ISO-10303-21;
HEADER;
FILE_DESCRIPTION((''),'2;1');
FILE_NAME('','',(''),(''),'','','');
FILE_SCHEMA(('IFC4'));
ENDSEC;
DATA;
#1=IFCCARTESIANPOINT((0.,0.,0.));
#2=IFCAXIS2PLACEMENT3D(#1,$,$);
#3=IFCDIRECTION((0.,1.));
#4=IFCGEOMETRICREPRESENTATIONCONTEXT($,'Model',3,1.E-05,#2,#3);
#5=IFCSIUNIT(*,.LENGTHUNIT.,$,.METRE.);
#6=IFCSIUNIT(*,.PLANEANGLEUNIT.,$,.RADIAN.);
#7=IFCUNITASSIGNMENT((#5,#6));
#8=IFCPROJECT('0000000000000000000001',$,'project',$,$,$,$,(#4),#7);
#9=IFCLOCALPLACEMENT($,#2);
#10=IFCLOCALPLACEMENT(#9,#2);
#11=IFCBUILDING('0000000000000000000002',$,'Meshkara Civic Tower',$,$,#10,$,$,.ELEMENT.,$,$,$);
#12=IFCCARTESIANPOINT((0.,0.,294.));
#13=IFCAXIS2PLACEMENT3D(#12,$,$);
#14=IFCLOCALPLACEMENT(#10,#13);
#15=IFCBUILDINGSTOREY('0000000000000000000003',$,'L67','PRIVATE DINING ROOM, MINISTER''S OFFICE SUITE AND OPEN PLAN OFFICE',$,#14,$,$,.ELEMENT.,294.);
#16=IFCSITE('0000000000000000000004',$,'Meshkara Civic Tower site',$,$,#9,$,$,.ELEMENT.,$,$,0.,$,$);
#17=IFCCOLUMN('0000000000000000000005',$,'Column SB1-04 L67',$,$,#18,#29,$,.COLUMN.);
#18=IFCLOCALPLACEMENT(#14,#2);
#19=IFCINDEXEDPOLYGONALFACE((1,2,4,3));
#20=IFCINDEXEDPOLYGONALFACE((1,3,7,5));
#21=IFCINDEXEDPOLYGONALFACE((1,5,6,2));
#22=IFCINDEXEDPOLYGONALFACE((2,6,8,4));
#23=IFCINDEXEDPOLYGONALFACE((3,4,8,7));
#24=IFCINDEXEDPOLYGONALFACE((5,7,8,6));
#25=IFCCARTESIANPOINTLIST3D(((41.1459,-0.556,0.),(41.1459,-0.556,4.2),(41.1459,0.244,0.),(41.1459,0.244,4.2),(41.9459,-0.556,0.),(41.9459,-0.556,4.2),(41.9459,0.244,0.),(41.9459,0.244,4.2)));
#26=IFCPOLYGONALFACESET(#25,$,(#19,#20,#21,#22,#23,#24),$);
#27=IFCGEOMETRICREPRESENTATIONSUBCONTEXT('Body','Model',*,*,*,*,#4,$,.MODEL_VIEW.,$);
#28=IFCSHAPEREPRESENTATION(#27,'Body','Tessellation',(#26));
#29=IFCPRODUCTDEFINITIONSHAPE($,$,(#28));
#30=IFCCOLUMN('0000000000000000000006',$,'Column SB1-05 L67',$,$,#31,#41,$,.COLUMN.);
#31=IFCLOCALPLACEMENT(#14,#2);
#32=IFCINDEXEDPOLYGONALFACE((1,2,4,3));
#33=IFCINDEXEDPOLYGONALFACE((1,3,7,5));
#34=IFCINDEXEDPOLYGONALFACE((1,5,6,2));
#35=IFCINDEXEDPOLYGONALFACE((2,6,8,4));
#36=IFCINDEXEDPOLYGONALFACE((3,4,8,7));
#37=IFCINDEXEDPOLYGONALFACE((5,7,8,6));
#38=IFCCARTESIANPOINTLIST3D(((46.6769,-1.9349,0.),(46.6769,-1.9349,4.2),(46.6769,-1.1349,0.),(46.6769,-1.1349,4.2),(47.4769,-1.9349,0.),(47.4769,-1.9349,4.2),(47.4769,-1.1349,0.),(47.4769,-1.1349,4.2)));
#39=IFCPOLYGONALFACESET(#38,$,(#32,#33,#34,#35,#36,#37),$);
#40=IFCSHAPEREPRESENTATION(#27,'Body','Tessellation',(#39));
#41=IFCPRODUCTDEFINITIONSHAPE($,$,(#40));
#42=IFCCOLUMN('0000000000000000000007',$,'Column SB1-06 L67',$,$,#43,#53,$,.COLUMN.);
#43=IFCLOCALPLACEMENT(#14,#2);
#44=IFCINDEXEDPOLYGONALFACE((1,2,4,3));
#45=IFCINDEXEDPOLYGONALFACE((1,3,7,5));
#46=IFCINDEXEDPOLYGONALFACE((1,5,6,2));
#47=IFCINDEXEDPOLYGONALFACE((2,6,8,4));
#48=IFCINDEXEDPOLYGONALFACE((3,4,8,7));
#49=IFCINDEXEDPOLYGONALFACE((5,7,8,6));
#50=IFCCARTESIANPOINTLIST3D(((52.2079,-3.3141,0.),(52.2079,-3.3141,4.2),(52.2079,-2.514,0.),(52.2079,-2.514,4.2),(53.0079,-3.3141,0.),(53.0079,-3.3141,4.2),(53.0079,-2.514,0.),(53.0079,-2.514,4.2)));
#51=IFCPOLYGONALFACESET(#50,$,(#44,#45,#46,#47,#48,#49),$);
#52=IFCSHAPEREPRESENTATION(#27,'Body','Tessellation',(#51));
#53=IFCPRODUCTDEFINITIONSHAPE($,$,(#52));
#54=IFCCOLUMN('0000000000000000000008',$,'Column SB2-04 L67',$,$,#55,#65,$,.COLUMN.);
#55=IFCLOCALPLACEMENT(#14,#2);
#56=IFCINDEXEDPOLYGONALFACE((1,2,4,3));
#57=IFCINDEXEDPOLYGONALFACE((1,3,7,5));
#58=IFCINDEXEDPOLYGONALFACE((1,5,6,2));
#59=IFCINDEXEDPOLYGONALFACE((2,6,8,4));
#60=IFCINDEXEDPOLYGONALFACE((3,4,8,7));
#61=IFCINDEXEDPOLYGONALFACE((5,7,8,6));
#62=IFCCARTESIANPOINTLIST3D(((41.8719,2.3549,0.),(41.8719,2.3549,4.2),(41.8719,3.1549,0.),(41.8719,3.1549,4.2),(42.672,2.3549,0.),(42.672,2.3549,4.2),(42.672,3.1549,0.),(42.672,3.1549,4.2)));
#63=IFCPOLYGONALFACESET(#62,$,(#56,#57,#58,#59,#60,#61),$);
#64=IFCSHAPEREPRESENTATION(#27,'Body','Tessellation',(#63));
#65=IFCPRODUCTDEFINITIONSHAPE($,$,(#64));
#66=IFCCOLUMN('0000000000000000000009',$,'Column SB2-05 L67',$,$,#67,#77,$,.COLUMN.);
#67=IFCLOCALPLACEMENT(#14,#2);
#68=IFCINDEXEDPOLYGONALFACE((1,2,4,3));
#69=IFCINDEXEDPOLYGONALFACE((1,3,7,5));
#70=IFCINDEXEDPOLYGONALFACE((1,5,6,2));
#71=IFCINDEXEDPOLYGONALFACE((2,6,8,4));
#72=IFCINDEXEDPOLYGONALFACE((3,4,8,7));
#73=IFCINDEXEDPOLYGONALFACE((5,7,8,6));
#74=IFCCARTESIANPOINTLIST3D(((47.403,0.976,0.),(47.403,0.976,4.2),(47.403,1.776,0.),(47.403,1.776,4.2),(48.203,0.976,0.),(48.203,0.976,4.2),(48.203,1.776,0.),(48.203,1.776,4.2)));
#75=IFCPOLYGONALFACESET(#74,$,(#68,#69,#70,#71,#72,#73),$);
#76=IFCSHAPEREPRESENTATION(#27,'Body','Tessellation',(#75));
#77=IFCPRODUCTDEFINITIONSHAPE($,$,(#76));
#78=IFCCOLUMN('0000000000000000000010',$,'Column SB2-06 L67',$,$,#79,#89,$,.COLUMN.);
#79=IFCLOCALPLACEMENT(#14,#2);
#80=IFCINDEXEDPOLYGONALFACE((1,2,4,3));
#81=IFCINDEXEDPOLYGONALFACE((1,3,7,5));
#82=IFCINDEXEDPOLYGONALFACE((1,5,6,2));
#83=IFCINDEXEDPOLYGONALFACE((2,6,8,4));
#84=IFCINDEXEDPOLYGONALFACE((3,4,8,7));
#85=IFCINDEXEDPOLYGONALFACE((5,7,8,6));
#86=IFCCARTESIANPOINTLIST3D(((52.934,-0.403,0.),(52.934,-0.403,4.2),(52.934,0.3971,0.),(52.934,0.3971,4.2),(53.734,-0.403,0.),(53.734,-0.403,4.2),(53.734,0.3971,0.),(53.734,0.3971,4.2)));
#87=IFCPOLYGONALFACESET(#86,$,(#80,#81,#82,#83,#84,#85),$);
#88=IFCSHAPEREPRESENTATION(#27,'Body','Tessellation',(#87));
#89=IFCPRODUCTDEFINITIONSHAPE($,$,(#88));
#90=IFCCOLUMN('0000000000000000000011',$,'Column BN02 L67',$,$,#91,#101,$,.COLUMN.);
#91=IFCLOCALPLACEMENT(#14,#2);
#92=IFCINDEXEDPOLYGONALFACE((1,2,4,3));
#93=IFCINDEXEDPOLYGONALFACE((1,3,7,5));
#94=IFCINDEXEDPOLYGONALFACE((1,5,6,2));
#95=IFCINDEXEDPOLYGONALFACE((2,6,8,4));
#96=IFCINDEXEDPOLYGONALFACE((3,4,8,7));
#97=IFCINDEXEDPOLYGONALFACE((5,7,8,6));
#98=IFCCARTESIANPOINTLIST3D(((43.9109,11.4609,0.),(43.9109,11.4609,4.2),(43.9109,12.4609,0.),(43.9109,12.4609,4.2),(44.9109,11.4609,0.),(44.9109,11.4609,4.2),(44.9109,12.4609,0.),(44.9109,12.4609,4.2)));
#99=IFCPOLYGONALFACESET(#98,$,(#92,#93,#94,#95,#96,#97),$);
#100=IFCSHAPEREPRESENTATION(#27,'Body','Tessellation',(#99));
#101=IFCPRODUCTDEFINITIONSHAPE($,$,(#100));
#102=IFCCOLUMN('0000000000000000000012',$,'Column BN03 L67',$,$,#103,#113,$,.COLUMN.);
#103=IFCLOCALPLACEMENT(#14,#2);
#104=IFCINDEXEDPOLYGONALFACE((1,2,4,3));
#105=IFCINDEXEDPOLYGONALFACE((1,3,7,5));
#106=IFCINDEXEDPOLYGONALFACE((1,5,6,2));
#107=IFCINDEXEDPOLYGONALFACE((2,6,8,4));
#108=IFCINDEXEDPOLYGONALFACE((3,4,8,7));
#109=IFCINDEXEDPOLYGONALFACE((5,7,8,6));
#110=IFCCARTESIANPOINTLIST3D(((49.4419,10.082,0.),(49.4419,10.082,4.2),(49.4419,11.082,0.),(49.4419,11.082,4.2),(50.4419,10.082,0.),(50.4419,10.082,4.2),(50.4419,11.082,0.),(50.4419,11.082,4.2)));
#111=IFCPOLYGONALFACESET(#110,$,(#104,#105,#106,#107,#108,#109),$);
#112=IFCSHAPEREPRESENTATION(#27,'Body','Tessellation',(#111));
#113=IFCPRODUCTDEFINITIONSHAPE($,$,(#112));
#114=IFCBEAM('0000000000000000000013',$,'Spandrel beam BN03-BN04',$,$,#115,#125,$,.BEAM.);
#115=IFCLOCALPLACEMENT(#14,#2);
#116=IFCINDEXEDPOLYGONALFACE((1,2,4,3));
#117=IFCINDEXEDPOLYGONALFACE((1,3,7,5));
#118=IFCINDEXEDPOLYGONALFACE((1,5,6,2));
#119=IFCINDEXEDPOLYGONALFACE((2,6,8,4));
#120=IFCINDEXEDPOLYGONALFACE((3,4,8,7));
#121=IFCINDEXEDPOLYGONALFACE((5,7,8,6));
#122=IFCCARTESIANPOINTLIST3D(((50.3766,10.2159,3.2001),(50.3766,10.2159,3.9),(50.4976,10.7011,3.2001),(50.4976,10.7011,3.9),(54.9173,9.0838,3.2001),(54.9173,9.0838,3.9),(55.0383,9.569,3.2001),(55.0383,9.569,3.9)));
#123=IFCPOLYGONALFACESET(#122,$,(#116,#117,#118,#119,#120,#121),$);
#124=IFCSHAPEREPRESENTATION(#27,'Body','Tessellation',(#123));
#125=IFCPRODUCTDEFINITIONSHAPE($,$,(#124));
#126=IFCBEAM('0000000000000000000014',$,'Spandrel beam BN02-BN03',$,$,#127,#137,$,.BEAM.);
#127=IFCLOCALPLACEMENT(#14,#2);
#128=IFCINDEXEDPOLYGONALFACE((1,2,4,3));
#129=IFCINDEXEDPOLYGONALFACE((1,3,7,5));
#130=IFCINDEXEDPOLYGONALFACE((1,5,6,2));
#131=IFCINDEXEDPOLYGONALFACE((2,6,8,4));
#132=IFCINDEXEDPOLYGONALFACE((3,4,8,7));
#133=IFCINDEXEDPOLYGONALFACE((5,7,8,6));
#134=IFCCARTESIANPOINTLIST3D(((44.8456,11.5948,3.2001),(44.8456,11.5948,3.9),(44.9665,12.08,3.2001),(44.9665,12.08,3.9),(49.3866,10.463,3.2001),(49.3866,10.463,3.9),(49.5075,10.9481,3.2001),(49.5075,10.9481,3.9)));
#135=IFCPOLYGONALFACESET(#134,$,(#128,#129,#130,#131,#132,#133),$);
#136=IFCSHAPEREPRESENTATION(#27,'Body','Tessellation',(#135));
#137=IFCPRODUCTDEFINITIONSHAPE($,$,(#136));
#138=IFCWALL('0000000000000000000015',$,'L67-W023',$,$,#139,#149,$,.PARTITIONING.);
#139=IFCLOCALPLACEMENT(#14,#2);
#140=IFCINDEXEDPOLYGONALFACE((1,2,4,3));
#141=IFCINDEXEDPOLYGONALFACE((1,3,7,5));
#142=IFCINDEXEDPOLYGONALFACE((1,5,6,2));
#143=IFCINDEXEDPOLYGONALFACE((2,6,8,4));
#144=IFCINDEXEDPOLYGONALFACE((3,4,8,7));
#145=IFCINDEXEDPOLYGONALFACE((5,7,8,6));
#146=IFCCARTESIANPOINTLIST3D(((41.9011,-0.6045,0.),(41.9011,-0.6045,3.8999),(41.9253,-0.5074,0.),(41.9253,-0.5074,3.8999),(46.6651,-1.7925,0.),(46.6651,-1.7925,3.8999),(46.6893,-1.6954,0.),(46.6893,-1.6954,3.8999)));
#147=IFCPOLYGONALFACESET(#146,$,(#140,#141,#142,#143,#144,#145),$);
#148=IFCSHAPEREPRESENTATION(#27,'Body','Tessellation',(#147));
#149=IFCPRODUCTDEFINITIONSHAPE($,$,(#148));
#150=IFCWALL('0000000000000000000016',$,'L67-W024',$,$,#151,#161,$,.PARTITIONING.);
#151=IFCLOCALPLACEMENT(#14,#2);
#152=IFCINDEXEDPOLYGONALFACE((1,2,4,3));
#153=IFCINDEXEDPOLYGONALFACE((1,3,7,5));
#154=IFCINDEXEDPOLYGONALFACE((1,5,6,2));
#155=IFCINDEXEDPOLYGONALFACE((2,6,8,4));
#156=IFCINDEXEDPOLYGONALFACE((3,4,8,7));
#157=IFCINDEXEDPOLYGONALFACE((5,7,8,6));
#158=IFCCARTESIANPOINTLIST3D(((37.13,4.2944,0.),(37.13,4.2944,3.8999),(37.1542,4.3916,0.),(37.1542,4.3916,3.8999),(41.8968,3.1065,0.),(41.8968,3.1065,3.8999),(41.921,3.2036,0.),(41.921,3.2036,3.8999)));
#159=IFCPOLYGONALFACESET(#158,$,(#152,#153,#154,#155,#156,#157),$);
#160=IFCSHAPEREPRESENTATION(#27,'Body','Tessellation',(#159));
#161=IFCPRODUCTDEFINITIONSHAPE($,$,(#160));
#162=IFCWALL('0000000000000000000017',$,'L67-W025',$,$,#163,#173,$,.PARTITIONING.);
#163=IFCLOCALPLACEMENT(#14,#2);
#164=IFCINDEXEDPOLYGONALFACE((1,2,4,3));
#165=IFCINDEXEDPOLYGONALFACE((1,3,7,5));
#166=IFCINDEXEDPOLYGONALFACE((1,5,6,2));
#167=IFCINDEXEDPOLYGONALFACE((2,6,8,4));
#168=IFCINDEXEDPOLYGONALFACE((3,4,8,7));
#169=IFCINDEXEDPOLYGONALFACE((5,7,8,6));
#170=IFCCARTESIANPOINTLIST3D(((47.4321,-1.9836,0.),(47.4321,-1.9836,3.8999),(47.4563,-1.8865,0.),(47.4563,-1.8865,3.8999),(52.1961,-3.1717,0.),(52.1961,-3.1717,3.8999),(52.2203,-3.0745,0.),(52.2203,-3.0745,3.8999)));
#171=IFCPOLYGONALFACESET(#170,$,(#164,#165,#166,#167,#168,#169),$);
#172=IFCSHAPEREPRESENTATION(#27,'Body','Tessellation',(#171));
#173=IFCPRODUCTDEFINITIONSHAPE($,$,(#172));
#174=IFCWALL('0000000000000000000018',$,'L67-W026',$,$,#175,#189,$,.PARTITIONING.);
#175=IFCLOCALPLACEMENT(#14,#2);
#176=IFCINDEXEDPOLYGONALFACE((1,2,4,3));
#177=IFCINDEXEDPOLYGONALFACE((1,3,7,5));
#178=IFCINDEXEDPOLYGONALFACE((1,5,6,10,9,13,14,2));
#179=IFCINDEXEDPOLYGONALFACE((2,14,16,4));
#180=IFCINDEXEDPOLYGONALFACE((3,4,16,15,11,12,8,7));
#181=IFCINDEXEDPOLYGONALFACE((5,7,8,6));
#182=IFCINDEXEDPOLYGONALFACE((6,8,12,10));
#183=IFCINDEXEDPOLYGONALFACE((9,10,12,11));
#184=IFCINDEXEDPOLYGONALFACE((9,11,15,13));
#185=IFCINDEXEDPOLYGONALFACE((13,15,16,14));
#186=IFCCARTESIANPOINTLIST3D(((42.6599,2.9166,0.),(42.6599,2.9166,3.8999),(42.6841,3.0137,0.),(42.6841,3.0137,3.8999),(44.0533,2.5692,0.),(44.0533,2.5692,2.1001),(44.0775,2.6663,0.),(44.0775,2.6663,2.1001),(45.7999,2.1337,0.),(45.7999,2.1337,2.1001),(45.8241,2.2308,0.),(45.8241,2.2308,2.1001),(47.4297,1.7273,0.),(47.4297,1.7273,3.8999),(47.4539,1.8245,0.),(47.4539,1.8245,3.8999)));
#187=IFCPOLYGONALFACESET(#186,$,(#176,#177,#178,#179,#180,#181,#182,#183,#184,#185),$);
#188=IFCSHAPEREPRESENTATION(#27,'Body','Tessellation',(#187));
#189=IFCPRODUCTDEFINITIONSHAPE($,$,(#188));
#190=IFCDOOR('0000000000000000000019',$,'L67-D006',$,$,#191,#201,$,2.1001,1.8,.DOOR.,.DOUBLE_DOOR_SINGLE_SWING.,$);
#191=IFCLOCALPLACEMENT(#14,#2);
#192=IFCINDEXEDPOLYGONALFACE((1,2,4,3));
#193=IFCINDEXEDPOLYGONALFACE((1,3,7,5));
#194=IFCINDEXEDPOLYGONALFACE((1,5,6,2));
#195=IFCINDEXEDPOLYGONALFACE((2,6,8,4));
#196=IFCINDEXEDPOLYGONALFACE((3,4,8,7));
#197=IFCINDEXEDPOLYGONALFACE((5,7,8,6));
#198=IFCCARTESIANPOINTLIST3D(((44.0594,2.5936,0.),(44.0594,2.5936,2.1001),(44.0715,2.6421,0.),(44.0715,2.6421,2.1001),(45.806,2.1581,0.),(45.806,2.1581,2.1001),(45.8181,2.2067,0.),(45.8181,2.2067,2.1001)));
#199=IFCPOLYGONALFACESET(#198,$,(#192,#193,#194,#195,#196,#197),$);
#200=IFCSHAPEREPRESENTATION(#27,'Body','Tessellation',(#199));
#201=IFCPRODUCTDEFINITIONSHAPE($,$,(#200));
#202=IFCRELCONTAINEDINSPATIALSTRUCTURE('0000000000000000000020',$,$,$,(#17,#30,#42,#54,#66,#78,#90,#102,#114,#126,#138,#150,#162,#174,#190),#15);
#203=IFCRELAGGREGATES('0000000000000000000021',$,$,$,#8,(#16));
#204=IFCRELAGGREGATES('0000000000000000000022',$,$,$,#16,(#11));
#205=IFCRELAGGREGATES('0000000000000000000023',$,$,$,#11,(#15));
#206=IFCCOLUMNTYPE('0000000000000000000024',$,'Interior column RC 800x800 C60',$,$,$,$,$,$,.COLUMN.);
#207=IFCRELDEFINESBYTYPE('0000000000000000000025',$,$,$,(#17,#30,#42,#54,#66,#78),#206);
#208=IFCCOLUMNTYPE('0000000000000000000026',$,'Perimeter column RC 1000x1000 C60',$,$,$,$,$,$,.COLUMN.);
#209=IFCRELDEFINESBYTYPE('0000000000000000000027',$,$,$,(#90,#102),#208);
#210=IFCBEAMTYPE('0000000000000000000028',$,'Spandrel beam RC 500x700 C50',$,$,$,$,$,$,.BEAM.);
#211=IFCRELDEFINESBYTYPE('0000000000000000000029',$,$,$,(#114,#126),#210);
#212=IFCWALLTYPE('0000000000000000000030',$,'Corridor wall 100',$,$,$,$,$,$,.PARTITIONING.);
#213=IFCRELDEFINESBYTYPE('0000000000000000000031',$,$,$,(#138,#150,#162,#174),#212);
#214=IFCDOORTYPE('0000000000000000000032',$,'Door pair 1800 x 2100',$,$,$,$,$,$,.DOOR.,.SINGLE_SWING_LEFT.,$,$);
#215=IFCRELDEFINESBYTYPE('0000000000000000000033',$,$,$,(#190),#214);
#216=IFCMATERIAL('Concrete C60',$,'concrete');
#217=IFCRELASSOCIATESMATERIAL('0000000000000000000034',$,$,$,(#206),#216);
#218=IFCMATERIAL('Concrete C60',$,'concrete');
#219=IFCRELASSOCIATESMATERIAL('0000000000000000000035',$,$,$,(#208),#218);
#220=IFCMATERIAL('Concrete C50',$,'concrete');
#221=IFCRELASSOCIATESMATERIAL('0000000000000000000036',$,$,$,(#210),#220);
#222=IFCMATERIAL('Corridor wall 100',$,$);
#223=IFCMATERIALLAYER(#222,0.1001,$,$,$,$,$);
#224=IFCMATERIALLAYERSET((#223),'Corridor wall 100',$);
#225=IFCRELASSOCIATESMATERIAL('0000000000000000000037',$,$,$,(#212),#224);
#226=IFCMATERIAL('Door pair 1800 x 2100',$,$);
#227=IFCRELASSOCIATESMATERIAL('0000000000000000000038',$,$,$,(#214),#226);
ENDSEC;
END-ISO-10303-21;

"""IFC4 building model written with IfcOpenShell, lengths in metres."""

from ifc_helpers import new_model, si_unit, direction, frame, frame_2d, origin, origin_2d, place, context, subcontext, project, spatial, rectangle, extrude, material, layer, layer_set, material_profile, profile_set, type_object, element, fill, save


model = new_model("IFC4")

# Units and contexts
model_context = context("Model", 3, precision=1e-05, world=origin(), true_north=direction((0.0, 1.0)))
body_context = subcontext(model_context, "Body", "Model", "MODEL_VIEW")
ifc_project = project(units=[si_unit("LENGTHUNIT", "METRE"), si_unit("PLANEANGLEUNIT", "RADIAN")], contexts=[model_context])

# Site, building, storey
site_placement = place(None, origin())
site = spatial("IfcSite", under=ifc_project, at=site_placement, Name="Meshkara Civic Tower site", CompositionType="ELEMENT", RefElevation=0.0)
building_placement = place(site_placement, origin())
building = spatial("IfcBuilding", under=site, at=building_placement, Name="Meshkara Civic Tower", CompositionType="ELEMENT")
storey_placement = place(building_placement, frame((0.0, 0.0, 294.0)))
storey = spatial("IfcBuildingStorey", under=building, at=storey_placement, Name="L67", Description="PRIVATE DINING ROOM, MINISTER'S OFFICE SUITE AND OPEN PLAN OFFICE", CompositionType="ELEMENT", Elevation=294.0)

# Columns
ifc_material_1 = material(Name="Concrete C60", Category="concrete")
ifc_material_profile_1 = material_profile(ifc_material_1, rectangle(XDim=0.8, YDim=0.8, at=origin_2d()))
ifc_profile_set_1 = profile_set([ifc_material_profile_1], Name="Concrete C60")
column_type_1 = type_object("IfcColumnType", Name="Interior column RC 800x800 C60", PredefinedType="COLUMN", material=ifc_profile_set_1)
for number, where, z_axis, x_axis, name in (
    (1, (41.5459, -0.156, 0.0), (0.0, 0.0, 1.0), (1.0, 0.0, 0.0), "Column SB1-04 L67"),
    (2, (47.0769, -1.5349, 0.0), (0.0, 0.0, 1.0), (1.0, 0.0, 0.0), "Column SB1-05 L67"),
    (3, (52.6079, -2.9141, 0.0), (0.0, 0.0, 1.0), (1.0, 0.0, 0.0), "Column SB1-06 L67"),
    (4, (42.272, 2.7549, 0.0), (0.0, 0.0, 1.0), (1.0, 0.0, 0.0), "Column SB2-04 L67"),
    (5, (47.803, 1.376, 0.0), (0.0, 0.0, 1.0), (1.0, 0.0, 0.0), "Column SB2-05 L67"),
    (6, (53.334, -0.0029, 0.0), (0.0, 0.0, 1.0), (1.0, 0.0, 0.0), "Column SB2-06 L67"),
):
    element("IfcColumn", number, at=place(storey_placement, frame(where, z_axis=z_axis, x_axis=x_axis)), inside=storey, type_object=column_type_1, Name=name, PredefinedType="COLUMN", context=body_context, shape_type="SweptSolid", body=[
        extrude(rectangle(XDim=0.8, YDim=0.8, at=origin_2d()), origin(), (0.0, 0.0, 1.0), 4.2),
    ])
ifc_material_2 = material(Name="Concrete C60", Category="concrete")
ifc_material_profile_2 = material_profile(ifc_material_2, rectangle(XDim=1.0, YDim=1.0, at=origin_2d()))
ifc_profile_set_2 = profile_set([ifc_material_profile_2], Name="Concrete C60")
column_type_2 = type_object("IfcColumnType", Name="Perimeter column RC 1000x1000 C60", PredefinedType="COLUMN", material=ifc_profile_set_2)
for number, where, z_axis, x_axis, name in (
    (7, (44.4109, 11.9609, 0.0), (0.0, 0.0, 1.0), (1.0, 0.0, 0.0), "Column BN02 L67"),
    (8, (49.9419, 10.582, 0.0), (0.0, 0.0, 1.0), (1.0, 0.0, 0.0), "Column BN03 L67"),
):
    element("IfcColumn", number, at=place(storey_placement, frame(where, z_axis=z_axis, x_axis=x_axis)), inside=storey, type_object=column_type_2, Name=name, PredefinedType="COLUMN", context=body_context, shape_type="SweptSolid", body=[
        extrude(rectangle(XDim=1.0, YDim=1.0, at=origin_2d()), origin(), (0.0, 0.0, 1.0), 4.2),
    ])

# Beams
ifc_material_3 = material(Name="Concrete C50", Category="concrete")
ifc_material_profile_3 = material_profile(ifc_material_3, rectangle(XDim=0.5, YDim=0.7, at=origin_2d()))
ifc_profile_set_3 = profile_set([ifc_material_profile_3], Name="Concrete C50")
beam_type = type_object("IfcBeamType", Name="Spandrel beam RC 500x700 C50", PredefinedType="BEAM", material=ifc_profile_set_3)
beam_1_placement = place(storey_placement, frame((54.9778, 9.3264, 3.55), z_axis=(-0.970299, 0.24191, 0.0), x_axis=(-0.24191, -0.970299, 0.0)))
element("IfcBeam", 9, at=beam_1_placement, inside=storey, type_object=beam_type, Name="Spandrel beam BN03-BN04", PredefinedType="BEAM", context=body_context, shape_type="SweptSolid", body=[
    extrude(rectangle(XDim=0.5, YDim=0.7, at=origin_2d()), origin(), (0.0, 0.0, 1.0), 4.6797),
])
beam_2_placement = place(storey_placement, frame((49.447, 10.7056, 3.55), z_axis=(-0.970314, 0.241848, 0.0), x_axis=(-0.241848, -0.970314, 0.0)))
element("IfcBeam", 10, at=beam_2_placement, inside=storey, type_object=beam_type, Name="Spandrel beam BN02-BN03", PredefinedType="BEAM", context=body_context, shape_type="SweptSolid", body=[
    extrude(rectangle(XDim=0.5, YDim=0.7, at=origin_2d()), origin(), (0.0, 0.0, 1.0), 4.6799),
])

# Walls
ifc_material_4 = material(Name="Corridor wall 100")
ifc_layer_1 = layer(ifc_material_4, 0.1001)
ifc_layer_set_1 = layer_set([ifc_layer_1], Name="Corridor wall 100")
wall_type_1 = type_object("IfcWallType", Name="Corridor wall 100", PredefinedType="PARTITIONING", material=ifc_layer_set_1)
wall_1_placement = place(storey_placement, frame((41.9131, -0.5559, 0.0), z_axis=(0.0, 0.0, 1.0), x_axis=(0.970286, -0.241962, 0.0)))
element("IfcWall", 11, at=wall_1_placement, inside=storey, type_object=wall_type_1, Name="L67-W023", PredefinedType="PARTITIONING", context=body_context, shape_type="SweptSolid", body=[
    extrude(rectangle(XDim=4.9099, YDim=0.1001, at=frame_2d((2.4551, 0.0))), origin(), (0.0, 0.0, 1.0), 3.8999),
])
wall_2_placement = place(storey_placement, frame((41.9089, 3.155, 0.0), z_axis=(0.0, 0.0, 1.0), x_axis=(-0.970321, 0.241822, 0.0)))
element("IfcWall", 12, at=wall_2_placement, inside=storey, type_object=wall_type_1, Name="L67-W024", PredefinedType="PARTITIONING", context=body_context, shape_type="SweptSolid", body=[
    extrude(rectangle(XDim=4.9126, YDim=0.1001, at=frame_2d((2.4563, 0.0))), origin(), (0.0, 0.0, 1.0), 3.8999),
])
wall_3_placement = place(storey_placement, frame((47.4441, -1.9351, 0.0), z_axis=(0.0, 0.0, 1.0), x_axis=(0.970286, -0.241962, 0.0)))
element("IfcWall", 13, at=wall_3_placement, inside=storey, type_object=wall_type_1, Name="L67-W025", PredefinedType="PARTITIONING", context=body_context, shape_type="SweptSolid", body=[
    extrude(rectangle(XDim=4.9099, YDim=0.1001, at=frame_2d((2.4551, 0.0))), origin(), (0.0, 0.0, 1.0), 3.8999),
])

# Wall, opening, door
wall_4_placement = place(storey_placement, frame((47.4419, 1.7759, 0.0), z_axis=(0.0, 0.0, 1.0), x_axis=(-0.970297, 0.241916, 0.0)))
wall_4 = element("IfcWall", 14, at=wall_4_placement, inside=storey, type_object=wall_type_1, Name="L67-W026", PredefinedType="PARTITIONING", context=body_context, shape_type="SweptSolid", body=[
    extrude(rectangle(XDim=4.9158, YDim=0.1001, at=frame_2d((2.458, 0.0))), origin(), (0.0, 0.0, 1.0), 3.8999),
])
opening_1_placement = place(wall_4_placement, frame((1.6799, 0.0, 0.0)))
opening_1 = element("IfcOpeningElement", 15, at=opening_1_placement, cuts=wall_4, PredefinedType="OPENING", context=body_context, shape_type="SweptSolid", body=[
    extrude(rectangle(XDim=1.8, YDim=2.1001, at=frame_2d((0.8999, 1.05))), frame((0.0, 0.0601, 0.0), z_axis=(0.0, -1.0, 0.0), x_axis=(1.0, 0.0, 0.0)), (0.0, 0.0, 1.0), 0.1201),
])
ifc_material_5 = material(Name="Door pair 1800 x 2100")
door_type_1 = type_object("IfcDoorType", Name="Door pair 1800 x 2100", OperationType="SINGLE_SWING_LEFT", PredefinedType="DOOR", material=ifc_material_5)
door_1_placement = place(opening_1_placement, origin())
door_1 = element("IfcDoor", 16, at=door_1_placement, inside=storey, type_object=door_type_1, Name="L67-D006", OperationType="DOUBLE_DOOR_SINGLE_SWING", OverallHeight=2.1001, OverallWidth=1.8, PredefinedType="DOOR", context=body_context, shape_type="SweptSolid", body=[
    extrude(rectangle(XDim=1.8, YDim=2.1001, at=frame_2d((0.8999, 1.05))), frame((0.0, 0.0249, 0.0), z_axis=(0.0, -1.0, 0.0), x_axis=(1.0, 0.0, 0.0)), (0.0, 0.0, 1.0), 0.05),
])
fill(opening_1, door_1)

save(model, "model.ifc")
